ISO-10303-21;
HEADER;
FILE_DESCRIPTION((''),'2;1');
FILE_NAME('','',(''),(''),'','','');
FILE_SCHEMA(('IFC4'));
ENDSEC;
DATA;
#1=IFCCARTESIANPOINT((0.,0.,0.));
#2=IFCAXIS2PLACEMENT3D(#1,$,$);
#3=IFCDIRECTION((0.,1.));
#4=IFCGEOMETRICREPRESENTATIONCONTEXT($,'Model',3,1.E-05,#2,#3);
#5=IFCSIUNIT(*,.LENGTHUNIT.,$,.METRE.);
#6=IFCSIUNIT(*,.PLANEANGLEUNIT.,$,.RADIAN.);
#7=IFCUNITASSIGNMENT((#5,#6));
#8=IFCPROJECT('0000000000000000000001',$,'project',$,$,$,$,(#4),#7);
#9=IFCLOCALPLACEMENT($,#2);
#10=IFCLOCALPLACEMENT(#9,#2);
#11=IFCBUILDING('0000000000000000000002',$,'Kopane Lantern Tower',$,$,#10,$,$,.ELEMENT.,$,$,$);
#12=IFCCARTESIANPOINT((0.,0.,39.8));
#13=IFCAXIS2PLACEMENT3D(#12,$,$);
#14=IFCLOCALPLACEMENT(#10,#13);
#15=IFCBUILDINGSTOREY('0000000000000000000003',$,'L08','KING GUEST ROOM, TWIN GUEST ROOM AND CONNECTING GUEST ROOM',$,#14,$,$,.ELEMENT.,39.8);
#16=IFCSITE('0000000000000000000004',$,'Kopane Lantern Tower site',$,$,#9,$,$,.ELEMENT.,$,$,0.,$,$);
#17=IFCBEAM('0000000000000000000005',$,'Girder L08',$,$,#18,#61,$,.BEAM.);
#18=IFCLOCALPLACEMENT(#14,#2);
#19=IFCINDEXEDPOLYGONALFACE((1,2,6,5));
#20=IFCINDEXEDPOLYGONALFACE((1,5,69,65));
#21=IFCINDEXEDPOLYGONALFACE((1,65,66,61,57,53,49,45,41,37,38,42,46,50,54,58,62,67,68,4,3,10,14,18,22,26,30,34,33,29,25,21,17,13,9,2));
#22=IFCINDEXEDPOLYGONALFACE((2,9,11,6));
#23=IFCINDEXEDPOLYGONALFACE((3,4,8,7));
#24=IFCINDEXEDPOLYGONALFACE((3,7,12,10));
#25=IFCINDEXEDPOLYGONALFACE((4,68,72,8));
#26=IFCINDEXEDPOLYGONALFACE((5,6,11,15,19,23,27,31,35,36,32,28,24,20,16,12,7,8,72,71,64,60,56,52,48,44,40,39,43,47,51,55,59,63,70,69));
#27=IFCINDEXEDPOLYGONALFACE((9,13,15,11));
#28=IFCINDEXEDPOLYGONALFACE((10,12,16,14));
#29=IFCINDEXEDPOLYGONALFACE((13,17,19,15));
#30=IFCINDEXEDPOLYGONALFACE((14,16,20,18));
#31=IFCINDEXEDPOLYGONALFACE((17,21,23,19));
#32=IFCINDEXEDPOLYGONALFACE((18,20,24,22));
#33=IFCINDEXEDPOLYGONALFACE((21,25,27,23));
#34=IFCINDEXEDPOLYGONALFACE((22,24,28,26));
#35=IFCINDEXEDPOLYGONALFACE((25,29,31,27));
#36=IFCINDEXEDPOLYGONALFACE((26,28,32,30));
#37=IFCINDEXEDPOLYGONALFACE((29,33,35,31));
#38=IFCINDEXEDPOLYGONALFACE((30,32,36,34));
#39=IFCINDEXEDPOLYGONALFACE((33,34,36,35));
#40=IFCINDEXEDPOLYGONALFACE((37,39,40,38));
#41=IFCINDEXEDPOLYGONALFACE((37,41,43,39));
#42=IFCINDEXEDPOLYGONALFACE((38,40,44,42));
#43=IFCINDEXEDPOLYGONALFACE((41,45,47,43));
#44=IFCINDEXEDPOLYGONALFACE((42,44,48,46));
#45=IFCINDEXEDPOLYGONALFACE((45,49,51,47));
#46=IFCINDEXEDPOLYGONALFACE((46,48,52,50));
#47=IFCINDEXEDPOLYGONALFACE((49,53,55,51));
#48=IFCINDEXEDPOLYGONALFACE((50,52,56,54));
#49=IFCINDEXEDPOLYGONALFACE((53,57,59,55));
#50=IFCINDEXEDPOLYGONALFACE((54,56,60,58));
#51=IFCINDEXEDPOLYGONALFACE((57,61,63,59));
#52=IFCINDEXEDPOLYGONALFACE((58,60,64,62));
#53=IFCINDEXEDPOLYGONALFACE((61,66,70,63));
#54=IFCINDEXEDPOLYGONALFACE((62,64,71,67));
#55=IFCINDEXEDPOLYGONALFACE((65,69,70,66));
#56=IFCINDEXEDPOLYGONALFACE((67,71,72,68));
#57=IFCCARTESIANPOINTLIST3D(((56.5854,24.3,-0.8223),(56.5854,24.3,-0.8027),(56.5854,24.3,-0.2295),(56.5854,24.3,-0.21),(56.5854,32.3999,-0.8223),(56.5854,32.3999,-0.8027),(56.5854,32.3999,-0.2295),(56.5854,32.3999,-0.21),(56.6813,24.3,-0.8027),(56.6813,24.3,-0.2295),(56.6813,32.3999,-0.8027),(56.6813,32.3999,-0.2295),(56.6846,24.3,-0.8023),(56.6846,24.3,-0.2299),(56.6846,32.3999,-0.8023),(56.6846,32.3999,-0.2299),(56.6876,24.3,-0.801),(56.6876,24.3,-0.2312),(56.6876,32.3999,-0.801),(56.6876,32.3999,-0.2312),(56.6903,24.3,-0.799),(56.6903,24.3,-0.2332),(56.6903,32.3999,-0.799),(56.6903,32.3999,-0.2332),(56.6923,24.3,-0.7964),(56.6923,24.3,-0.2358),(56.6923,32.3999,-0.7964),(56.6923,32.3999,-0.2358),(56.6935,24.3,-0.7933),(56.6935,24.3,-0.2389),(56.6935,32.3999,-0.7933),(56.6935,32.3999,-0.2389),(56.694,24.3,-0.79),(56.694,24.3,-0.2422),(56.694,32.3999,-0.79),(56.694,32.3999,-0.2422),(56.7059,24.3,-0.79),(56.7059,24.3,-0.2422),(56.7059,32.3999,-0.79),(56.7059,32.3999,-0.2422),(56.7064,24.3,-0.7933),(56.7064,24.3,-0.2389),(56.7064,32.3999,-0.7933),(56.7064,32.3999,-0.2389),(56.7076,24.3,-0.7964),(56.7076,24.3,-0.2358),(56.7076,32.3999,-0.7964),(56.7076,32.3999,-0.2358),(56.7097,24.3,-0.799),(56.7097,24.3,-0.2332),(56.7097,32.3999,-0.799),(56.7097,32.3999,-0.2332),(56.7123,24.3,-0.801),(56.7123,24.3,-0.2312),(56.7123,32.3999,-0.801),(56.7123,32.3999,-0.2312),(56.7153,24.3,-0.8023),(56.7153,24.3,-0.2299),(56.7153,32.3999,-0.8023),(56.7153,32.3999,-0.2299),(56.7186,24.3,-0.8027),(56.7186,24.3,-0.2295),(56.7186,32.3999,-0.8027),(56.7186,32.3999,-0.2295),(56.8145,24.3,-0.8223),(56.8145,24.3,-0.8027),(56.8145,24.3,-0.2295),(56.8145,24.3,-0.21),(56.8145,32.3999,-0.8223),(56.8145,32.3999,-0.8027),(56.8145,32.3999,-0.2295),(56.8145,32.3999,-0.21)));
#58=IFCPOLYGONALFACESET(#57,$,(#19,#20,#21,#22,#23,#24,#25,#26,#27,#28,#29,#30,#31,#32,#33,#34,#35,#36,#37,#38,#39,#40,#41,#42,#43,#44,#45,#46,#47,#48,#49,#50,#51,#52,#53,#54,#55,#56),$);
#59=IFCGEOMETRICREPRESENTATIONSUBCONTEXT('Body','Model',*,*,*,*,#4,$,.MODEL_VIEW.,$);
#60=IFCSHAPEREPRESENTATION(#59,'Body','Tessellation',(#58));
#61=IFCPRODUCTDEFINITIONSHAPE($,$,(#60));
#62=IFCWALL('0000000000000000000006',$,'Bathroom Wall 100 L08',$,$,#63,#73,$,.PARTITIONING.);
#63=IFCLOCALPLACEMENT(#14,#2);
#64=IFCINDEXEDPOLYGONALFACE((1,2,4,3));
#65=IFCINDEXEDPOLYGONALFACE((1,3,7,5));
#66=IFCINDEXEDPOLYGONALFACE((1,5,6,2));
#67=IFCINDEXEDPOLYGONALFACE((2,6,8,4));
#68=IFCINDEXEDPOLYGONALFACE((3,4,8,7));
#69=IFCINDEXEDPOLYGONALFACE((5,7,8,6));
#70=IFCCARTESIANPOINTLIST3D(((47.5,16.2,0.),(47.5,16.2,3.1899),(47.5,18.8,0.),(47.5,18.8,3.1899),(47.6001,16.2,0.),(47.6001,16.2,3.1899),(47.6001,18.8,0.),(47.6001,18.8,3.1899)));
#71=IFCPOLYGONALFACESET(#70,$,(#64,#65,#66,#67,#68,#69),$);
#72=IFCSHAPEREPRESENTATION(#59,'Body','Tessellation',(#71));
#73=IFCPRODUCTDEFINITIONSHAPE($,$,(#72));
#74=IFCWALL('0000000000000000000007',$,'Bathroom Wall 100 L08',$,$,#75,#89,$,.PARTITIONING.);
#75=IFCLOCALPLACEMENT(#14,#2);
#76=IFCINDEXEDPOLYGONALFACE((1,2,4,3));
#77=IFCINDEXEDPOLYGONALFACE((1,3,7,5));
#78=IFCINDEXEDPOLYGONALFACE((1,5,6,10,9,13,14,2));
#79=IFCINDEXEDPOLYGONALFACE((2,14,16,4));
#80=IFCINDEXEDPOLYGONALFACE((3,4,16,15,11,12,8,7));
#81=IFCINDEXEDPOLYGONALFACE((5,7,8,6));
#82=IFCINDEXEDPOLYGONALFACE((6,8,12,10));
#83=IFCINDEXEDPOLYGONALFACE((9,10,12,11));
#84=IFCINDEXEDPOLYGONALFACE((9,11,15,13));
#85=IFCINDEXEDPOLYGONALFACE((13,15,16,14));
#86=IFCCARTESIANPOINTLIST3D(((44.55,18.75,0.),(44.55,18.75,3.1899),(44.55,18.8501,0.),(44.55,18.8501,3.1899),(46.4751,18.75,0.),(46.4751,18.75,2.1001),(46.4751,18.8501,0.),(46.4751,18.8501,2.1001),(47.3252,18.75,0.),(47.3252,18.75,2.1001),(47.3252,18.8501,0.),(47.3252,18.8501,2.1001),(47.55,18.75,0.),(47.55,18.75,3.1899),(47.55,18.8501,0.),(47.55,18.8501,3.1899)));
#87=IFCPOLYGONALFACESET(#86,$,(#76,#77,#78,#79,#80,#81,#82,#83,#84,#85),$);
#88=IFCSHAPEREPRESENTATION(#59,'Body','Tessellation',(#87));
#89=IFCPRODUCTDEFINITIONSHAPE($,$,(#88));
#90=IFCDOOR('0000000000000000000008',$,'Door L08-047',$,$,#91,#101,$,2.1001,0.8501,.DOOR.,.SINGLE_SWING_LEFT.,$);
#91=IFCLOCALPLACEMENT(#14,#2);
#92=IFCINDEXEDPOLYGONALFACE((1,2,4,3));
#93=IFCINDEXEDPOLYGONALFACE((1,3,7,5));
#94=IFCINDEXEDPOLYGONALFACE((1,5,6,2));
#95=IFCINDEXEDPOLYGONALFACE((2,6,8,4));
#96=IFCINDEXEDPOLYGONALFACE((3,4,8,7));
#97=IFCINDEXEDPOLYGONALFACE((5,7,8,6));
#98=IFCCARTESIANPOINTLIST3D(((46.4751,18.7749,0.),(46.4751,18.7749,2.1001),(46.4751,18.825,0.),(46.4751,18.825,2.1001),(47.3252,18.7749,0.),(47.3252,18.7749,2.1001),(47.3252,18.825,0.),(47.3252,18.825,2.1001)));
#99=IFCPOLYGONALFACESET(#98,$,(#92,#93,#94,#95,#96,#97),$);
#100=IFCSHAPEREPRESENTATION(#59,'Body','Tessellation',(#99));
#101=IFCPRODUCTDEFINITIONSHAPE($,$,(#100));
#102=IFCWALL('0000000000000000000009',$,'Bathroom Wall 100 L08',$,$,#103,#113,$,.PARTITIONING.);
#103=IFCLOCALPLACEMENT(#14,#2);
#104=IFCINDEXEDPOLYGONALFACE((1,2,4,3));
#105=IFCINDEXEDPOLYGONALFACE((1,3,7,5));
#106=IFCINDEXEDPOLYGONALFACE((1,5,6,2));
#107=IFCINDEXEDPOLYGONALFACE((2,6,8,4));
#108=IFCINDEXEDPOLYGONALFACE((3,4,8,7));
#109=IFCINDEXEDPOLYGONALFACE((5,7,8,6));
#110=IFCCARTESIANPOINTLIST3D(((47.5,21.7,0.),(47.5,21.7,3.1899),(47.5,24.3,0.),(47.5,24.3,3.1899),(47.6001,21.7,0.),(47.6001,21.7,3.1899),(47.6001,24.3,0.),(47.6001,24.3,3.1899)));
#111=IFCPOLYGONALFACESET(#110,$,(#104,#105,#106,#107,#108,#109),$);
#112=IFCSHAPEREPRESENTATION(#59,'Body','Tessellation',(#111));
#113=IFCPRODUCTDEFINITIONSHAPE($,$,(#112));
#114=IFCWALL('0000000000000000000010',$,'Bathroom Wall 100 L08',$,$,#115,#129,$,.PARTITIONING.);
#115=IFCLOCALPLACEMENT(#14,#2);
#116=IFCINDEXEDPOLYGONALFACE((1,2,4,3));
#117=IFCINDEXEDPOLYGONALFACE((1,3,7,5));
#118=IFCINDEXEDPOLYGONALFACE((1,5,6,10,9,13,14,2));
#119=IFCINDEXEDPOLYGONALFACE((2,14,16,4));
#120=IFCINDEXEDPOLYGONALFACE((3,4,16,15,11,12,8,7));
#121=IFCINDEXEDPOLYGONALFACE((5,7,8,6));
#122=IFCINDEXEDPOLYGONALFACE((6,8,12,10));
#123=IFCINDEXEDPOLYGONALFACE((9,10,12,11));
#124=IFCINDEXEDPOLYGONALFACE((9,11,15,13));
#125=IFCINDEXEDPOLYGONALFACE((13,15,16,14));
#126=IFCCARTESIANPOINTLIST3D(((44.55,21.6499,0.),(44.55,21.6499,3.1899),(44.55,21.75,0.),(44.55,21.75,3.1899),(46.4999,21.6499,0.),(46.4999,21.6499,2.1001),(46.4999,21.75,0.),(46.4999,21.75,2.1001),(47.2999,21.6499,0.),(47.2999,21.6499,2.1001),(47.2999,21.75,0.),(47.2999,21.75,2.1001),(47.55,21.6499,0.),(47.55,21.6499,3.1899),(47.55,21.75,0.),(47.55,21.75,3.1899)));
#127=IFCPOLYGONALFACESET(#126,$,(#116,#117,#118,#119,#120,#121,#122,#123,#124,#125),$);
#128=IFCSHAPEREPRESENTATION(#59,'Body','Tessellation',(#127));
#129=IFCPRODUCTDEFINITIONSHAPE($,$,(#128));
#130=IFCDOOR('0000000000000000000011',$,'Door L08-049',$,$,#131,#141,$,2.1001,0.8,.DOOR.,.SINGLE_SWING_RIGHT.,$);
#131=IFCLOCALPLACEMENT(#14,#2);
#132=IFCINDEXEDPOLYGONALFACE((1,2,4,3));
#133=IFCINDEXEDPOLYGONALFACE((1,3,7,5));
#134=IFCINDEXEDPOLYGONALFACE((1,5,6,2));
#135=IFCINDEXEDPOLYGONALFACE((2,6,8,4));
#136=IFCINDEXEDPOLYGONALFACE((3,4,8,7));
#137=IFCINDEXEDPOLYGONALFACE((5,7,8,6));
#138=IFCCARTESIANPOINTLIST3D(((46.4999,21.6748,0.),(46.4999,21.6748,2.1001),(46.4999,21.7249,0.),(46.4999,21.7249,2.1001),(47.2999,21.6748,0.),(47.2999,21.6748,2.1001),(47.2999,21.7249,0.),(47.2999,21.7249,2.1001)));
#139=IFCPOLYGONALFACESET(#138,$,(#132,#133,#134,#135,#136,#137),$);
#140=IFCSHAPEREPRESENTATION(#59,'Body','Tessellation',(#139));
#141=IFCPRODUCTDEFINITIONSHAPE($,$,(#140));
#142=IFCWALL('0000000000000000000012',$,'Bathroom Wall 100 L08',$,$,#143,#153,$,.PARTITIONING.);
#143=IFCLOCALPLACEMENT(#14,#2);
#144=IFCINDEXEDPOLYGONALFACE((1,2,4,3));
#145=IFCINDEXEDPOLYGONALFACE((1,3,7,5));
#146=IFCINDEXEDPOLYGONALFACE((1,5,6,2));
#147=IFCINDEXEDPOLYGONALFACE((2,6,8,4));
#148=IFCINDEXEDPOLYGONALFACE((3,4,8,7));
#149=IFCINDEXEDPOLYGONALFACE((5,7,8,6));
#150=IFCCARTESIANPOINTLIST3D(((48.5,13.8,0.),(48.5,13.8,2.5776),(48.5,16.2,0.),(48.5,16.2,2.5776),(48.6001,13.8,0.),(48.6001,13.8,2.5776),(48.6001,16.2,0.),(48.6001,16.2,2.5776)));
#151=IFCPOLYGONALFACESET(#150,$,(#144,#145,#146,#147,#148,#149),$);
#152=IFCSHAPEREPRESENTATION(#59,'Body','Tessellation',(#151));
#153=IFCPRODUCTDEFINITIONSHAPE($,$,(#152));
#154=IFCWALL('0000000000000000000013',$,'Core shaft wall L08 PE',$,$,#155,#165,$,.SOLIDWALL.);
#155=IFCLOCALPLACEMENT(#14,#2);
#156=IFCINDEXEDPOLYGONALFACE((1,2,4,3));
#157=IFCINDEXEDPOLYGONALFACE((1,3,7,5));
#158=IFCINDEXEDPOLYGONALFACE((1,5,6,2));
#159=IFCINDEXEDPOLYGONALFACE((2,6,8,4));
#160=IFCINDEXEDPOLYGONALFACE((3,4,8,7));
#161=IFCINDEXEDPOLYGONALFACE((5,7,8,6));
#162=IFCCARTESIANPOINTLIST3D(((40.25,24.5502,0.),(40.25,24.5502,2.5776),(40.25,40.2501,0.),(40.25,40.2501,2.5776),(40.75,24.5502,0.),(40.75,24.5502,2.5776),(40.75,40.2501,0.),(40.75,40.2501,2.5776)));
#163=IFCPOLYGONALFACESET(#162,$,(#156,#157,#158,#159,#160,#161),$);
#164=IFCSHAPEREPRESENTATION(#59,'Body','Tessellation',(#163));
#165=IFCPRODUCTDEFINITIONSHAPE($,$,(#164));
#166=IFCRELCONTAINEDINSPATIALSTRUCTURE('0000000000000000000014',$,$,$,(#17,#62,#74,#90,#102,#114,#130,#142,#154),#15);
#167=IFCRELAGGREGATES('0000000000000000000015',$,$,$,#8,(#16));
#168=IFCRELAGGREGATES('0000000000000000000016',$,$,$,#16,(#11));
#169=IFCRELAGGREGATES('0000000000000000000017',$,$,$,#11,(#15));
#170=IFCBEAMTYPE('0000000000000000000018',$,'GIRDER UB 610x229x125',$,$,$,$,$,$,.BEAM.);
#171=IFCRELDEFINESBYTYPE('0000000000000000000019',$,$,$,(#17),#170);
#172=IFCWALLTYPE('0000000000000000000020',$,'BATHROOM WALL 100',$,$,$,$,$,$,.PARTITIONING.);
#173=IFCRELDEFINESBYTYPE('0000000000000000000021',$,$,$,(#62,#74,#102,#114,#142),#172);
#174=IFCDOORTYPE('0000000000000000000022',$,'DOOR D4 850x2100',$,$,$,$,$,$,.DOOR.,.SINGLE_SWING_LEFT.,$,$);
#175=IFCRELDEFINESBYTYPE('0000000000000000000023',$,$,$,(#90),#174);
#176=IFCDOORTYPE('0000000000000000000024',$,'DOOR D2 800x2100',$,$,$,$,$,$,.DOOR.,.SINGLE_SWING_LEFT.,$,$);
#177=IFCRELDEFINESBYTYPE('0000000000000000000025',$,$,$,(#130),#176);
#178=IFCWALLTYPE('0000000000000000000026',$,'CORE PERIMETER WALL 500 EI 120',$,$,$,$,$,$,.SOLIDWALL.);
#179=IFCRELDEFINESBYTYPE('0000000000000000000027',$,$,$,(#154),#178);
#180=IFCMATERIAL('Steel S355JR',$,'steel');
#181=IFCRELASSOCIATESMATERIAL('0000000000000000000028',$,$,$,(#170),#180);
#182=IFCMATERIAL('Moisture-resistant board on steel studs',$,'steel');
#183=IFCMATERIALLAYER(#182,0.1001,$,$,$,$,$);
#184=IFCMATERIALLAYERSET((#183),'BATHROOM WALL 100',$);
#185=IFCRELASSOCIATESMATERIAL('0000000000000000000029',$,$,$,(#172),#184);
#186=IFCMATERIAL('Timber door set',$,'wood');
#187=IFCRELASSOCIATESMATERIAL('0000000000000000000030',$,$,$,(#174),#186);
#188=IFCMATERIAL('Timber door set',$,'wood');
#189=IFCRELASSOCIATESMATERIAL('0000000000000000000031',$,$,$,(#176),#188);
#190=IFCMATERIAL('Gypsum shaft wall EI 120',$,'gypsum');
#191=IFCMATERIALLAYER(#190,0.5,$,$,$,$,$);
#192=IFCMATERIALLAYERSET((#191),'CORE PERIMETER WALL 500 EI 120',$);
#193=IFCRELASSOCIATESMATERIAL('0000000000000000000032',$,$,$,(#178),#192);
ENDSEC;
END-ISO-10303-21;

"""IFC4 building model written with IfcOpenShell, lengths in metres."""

from ifc_helpers import new_model, si_unit, direction, frame, frame_2d, origin, origin_2d, place, context, subcontext, project, spatial, rectangle, i_section, extrude, material, layer, layer_set, material_profile, profile_set, type_object, element, fill, save


model = new_model("IFC4")

# Units and contexts
model_context = context("Model", 3, precision=1e-05, world=origin(), true_north=direction((0.0, 1.0)))
body_context = subcontext(model_context, "Body", "Model", "MODEL_VIEW")
ifc_project = project(units=[si_unit("LENGTHUNIT", "METRE"), si_unit("PLANEANGLEUNIT", "RADIAN")], contexts=[model_context])

# Site, building, storey
site_placement = place(None, origin())
site = spatial("IfcSite", under=ifc_project, at=site_placement, Name="Kopane Lantern Tower site", CompositionType="ELEMENT", RefElevation=0.0)
building_placement = place(site_placement, origin())
building = spatial("IfcBuilding", under=site, at=building_placement, Name="Kopane Lantern Tower", CompositionType="ELEMENT")
storey_placement = place(building_placement, frame((0.0, 0.0, 39.8)))
storey = spatial("IfcBuildingStorey", under=building, at=storey_placement, Name="L08", Description="KING GUEST ROOM, TWIN GUEST ROOM AND CONNECTING GUEST ROOM", CompositionType="ELEMENT", Elevation=39.8)

# Beam
ifc_material_1 = material(Name="Steel S355JR", Category="steel")
ifc_material_profile_1 = material_profile(ifc_material_1, i_section(OverallWidth=0.229, OverallDepth=0.6123, WebThickness=0.012, FlangeThickness=0.0195, FilletRadius=0.0127, at=origin_2d()), Name="UB 610x229x125")
ifc_profile_set_1 = profile_set([ifc_material_profile_1], Name="Steel S355JR")
beam_type = type_object("IfcBeamType", Name="GIRDER UB 610x229x125", PredefinedType="BEAM", material=ifc_profile_set_1)
beam_1_placement = place(storey_placement, frame((56.7, 24.3, -0.5161), z_axis=(0.0, 1.0, 0.0), x_axis=(-1.0, 0.0, 0.0)))
element("IfcBeam", 1, at=beam_1_placement, inside=storey, type_object=beam_type, Name="Girder L08", PredefinedType="BEAM", context=body_context, shape_type="SweptSolid", body=[
    extrude(i_section(OverallWidth=0.229, OverallDepth=0.6123, WebThickness=0.012, FlangeThickness=0.0195, FilletRadius=0.0127, at=origin_2d()), origin(), (0.0, 0.0, 1.0), 8.0999),
])

# Wall
ifc_material_2 = material(Name="Moisture-resistant board on steel studs", Category="steel")
ifc_layer_1 = layer(ifc_material_2, 0.1001)
ifc_layer_set_1 = layer_set([ifc_layer_1], Name="BATHROOM WALL 100")
wall_type_1 = type_object("IfcWallType", Name="BATHROOM WALL 100", PredefinedType="PARTITIONING", material=ifc_layer_set_1)
wall_1_placement = place(storey_placement, frame((47.55, 16.2, 0.0), z_axis=(0.0, 0.0, 1.0), x_axis=(0.0, 1.0, 0.0)))
element("IfcWall", 2, at=wall_1_placement, inside=storey, type_object=wall_type_1, Name="Bathroom Wall 100 L08", PredefinedType="PARTITIONING", context=body_context, shape_type="SweptSolid", body=[
    extrude(rectangle(XDim=2.6001, YDim=0.1001, at=frame_2d((1.3, 0.0))), origin(), (0.0, 0.0, 1.0), 3.1899),
])

# Wall, opening, door
wall_2_placement = place(storey_placement, frame((44.55, 18.8, 0.0), z_axis=(0.0, 0.0, 1.0), x_axis=(1.0, 0.0, 0.0)))
wall_2 = element("IfcWall", 3, at=wall_2_placement, inside=storey, type_object=wall_type_1, Name="Bathroom Wall 100 L08", PredefinedType="PARTITIONING", context=body_context, shape_type="SweptSolid", body=[
    extrude(rectangle(XDim=3.0, YDim=0.1001, at=frame_2d((1.5, 0.0))), origin(), (0.0, 0.0, 1.0), 3.1899),
])
opening_1_placement = place(wall_2_placement, frame((1.925, 0.0, 0.0)))
opening_1 = element("IfcOpeningElement", 4, at=opening_1_placement, cuts=wall_2, PredefinedType="OPENING", context=body_context, shape_type="SweptSolid", body=[
    extrude(rectangle(XDim=0.8501, YDim=2.1001, at=frame_2d((0.425, 1.05))), frame((0.0, 0.0601, 0.0), z_axis=(0.0, -1.0, 0.0), x_axis=(1.0, 0.0, 0.0)), (0.0, 0.0, 1.0), 0.1201),
])
ifc_material_3 = material(Name="Timber door set", Category="wood")
door_type_1 = type_object("IfcDoorType", Name="DOOR D4 850x2100", OperationType="SINGLE_SWING_LEFT", PredefinedType="DOOR", material=ifc_material_3)
door_1_placement = place(opening_1_placement, origin())
door_1 = element("IfcDoor", 5, at=door_1_placement, inside=storey, type_object=door_type_1, Name="Door L08-047", OperationType="SINGLE_SWING_LEFT", OverallHeight=2.1001, OverallWidth=0.8501, PredefinedType="DOOR", context=body_context, shape_type="SweptSolid", body=[
    extrude(rectangle(XDim=0.8501, YDim=2.1001, at=frame_2d((0.425, 1.05))), frame((0.0, 0.0249, 0.0), z_axis=(0.0, -1.0, 0.0), x_axis=(1.0, 0.0, 0.0)), (0.0, 0.0, 1.0), 0.05),
])
fill(opening_1, door_1)

# Wall
wall_3_placement = place(storey_placement, frame((47.55, 21.7, 0.0), z_axis=(0.0, 0.0, 1.0), x_axis=(0.0, 1.0, 0.0)))
element("IfcWall", 6, at=wall_3_placement, inside=storey, type_object=wall_type_1, Name="Bathroom Wall 100 L08", PredefinedType="PARTITIONING", context=body_context, shape_type="SweptSolid", body=[
    extrude(rectangle(XDim=2.6001, YDim=0.1001, at=frame_2d((1.3, 0.0))), origin(), (0.0, 0.0, 1.0), 3.1899),
])

# Wall, opening, door
wall_4_placement = place(storey_placement, frame((44.55, 21.7, 0.0), z_axis=(0.0, 0.0, 1.0), x_axis=(1.0, 0.0, 0.0)))
wall_4 = element("IfcWall", 7, at=wall_4_placement, inside=storey, type_object=wall_type_1, Name="Bathroom Wall 100 L08", PredefinedType="PARTITIONING", context=body_context, shape_type="SweptSolid", body=[
    extrude(rectangle(XDim=3.0, YDim=0.1001, at=frame_2d((1.5, 0.0))), origin(), (0.0, 0.0, 1.0), 3.1899),
])
opening_2_placement = place(wall_4_placement, frame((1.95, 0.0, 0.0)))
opening_2 = element("IfcOpeningElement", 8, at=opening_2_placement, cuts=wall_4, PredefinedType="OPENING", context=body_context, shape_type="SweptSolid", body=[
    extrude(rectangle(XDim=0.8, YDim=2.1001, at=frame_2d((0.3999, 1.05))), frame((0.0, 0.0601, 0.0), z_axis=(0.0, -1.0, 0.0), x_axis=(1.0, 0.0, 0.0)), (0.0, 0.0, 1.0), 0.1201),
])
ifc_material_4 = material(Name="Timber door set", Category="wood")
door_type_2 = type_object("IfcDoorType", Name="DOOR D2 800x2100", OperationType="SINGLE_SWING_LEFT", PredefinedType="DOOR", material=ifc_material_4)
door_2_placement = place(opening_2_placement, origin())
door_2 = element("IfcDoor", 9, at=door_2_placement, inside=storey, type_object=door_type_2, Name="Door L08-049", OperationType="SINGLE_SWING_RIGHT", OverallHeight=2.1001, OverallWidth=0.8, PredefinedType="DOOR", context=body_context, shape_type="SweptSolid", body=[
    extrude(rectangle(XDim=0.8, YDim=2.1001, at=frame_2d((0.3999, 1.05))), frame((0.0, 0.0249, 0.0), z_axis=(0.0, -1.0, 0.0), x_axis=(1.0, 0.0, 0.0)), (0.0, 0.0, 1.0), 0.05),
])
fill(opening_2, door_2)

# Walls
wall_5_placement = place(storey_placement, frame((48.55, 16.2, 0.0), z_axis=(0.0, 0.0, 1.0), x_axis=(0.0, -1.0, 0.0)))
element("IfcWall", 10, at=wall_5_placement, inside=storey, type_object=wall_type_1, Name="Bathroom Wall 100 L08", PredefinedType="PARTITIONING", context=body_context, shape_type="SweptSolid", body=[
    extrude(rectangle(XDim=2.3999, YDim=0.1001, at=frame_2d((1.2, 0.0))), origin(), (0.0, 0.0, 1.0), 2.5776),
])
ifc_material_5 = material(Name="Gypsum shaft wall EI 120", Category="gypsum")
ifc_layer_2 = layer(ifc_material_5, 0.5)
ifc_layer_set_2 = layer_set([ifc_layer_2], Name="CORE PERIMETER WALL 500 EI 120")
wall_type_2 = type_object("IfcWallType", Name="CORE PERIMETER WALL 500 EI 120", PredefinedType="SOLIDWALL", material=ifc_layer_set_2)
wall_6_placement = place(storey_placement, frame((40.5, 24.55, 0.0), z_axis=(0.0, 0.0, 1.0), x_axis=(0.0, 1.0, 0.0)))
element("IfcWall", 11, at=wall_6_placement, inside=storey, type_object=wall_type_2, Name="Core shaft wall L08 PE", PredefinedType="SOLIDWALL", context=body_context, shape_type="SweptSolid", body=[
    extrude(rectangle(XDim=15.7, YDim=0.5, at=frame_2d((7.8501, 0.0))), origin(), (0.0, 0.0, 1.0), 2.5776),
])

save(model, "model.ifc")
